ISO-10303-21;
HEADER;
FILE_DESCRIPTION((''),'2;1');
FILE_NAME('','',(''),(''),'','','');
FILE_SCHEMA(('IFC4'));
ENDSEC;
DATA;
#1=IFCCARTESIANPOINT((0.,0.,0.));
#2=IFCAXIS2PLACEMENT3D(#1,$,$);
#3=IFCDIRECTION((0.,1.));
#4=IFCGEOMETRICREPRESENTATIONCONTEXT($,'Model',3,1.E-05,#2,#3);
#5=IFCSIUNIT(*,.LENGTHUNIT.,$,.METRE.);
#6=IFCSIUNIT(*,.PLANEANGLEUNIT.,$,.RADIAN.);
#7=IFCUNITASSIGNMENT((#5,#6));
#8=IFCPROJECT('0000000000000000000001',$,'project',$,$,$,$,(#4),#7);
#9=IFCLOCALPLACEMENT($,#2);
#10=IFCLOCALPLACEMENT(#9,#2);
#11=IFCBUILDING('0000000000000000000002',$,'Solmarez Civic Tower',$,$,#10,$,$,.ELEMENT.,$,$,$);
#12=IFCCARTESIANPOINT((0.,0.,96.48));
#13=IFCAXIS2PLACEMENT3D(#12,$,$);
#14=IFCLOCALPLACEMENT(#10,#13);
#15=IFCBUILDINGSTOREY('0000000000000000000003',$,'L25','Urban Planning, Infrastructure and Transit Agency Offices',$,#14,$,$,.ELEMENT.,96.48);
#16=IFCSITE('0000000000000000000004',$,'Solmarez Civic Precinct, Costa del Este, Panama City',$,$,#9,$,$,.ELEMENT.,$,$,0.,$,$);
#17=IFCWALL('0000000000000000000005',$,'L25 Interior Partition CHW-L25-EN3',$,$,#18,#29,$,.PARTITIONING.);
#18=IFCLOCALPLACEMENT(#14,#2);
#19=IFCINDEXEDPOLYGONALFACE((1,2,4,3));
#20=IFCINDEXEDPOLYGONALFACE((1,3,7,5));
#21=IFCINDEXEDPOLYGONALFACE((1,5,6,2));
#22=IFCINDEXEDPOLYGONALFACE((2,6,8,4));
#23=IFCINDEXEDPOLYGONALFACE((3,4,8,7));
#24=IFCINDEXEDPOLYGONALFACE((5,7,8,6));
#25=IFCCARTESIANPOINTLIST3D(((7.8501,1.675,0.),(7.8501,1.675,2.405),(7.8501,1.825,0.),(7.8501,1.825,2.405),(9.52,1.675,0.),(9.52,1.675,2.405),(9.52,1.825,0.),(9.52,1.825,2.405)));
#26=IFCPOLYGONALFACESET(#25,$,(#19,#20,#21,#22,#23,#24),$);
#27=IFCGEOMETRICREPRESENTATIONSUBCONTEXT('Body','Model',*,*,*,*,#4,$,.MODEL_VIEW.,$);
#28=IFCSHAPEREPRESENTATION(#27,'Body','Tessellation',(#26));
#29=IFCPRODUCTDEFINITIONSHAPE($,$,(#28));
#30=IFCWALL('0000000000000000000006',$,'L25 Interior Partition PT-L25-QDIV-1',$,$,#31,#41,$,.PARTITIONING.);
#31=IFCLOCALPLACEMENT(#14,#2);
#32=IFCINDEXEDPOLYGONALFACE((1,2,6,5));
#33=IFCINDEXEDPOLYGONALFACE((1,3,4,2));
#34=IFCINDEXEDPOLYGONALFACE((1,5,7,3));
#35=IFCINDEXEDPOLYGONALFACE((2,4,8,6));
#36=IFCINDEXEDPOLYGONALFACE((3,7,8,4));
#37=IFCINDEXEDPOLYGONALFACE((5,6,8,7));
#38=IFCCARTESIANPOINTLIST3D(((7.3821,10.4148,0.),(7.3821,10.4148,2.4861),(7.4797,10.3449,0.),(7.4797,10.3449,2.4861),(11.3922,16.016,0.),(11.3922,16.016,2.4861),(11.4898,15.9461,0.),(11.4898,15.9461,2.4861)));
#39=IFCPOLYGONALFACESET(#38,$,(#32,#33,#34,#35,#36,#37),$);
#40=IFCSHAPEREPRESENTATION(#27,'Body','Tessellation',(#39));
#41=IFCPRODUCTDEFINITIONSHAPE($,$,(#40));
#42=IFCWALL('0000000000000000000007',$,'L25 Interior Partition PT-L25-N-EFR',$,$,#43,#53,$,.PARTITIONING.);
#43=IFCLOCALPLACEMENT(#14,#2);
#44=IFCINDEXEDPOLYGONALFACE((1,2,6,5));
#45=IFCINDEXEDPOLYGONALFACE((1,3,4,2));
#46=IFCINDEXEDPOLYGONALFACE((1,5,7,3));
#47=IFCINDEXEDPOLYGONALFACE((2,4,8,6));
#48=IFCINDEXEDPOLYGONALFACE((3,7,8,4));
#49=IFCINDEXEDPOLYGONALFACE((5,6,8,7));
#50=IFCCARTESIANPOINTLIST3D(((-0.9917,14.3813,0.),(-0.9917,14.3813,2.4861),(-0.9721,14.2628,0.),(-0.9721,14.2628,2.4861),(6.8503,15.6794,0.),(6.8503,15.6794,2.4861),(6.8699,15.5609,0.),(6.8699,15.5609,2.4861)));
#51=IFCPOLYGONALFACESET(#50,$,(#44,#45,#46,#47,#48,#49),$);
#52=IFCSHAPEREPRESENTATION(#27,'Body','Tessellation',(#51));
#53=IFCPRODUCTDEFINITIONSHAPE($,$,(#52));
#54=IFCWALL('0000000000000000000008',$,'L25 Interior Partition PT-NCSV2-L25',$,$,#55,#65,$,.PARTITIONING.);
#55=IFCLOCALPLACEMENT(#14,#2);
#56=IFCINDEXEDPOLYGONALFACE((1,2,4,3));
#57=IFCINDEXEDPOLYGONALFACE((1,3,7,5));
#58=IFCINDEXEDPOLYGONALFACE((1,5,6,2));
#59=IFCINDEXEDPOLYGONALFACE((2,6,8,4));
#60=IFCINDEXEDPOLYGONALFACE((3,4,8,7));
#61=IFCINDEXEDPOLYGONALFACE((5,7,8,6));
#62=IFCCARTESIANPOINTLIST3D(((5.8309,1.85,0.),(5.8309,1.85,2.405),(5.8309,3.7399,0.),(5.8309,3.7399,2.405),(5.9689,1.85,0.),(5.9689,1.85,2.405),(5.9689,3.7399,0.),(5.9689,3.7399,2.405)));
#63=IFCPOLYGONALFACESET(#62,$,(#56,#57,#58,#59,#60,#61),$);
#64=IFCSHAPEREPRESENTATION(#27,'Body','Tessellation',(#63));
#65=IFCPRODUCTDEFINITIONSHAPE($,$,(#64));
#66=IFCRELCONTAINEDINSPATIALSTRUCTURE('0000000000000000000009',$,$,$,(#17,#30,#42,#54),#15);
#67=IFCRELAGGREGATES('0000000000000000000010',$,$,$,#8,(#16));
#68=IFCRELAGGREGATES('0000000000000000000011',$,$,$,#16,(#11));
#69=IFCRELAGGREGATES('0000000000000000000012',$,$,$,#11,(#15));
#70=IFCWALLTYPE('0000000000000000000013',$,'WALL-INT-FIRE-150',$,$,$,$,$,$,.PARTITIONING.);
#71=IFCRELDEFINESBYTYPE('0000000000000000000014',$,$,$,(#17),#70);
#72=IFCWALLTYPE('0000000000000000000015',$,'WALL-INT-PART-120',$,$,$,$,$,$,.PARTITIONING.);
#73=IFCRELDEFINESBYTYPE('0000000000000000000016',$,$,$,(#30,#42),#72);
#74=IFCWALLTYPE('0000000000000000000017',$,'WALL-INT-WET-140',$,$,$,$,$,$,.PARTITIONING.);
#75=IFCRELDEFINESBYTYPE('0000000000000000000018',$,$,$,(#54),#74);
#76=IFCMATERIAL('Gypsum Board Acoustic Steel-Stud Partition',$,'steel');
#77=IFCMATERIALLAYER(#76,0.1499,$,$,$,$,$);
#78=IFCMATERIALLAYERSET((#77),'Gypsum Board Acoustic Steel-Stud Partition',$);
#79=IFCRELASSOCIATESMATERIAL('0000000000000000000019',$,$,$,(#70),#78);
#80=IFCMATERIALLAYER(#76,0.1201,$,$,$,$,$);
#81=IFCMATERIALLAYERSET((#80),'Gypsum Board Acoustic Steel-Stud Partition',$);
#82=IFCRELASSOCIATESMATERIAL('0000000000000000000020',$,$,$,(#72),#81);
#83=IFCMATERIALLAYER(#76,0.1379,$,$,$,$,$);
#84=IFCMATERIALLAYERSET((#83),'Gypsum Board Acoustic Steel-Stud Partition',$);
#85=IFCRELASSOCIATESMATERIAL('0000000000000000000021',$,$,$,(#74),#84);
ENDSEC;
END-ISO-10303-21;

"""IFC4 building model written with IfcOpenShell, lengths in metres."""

from ifc_helpers import new_model, si_unit, direction, frame, frame_2d, origin, place, context, subcontext, project, spatial, rectangle, extrude, material, layer, layer_set, type_object, element, save


model = new_model("IFC4")

# Units and contexts
model_context = context("Model", 3, precision=1e-05, world=origin(), true_north=direction((0.0, 1.0)))
body_context = subcontext(model_context, "Body", "Model", "MODEL_VIEW")
ifc_project = project(units=[si_unit("LENGTHUNIT", "METRE"), si_unit("PLANEANGLEUNIT", "RADIAN")], contexts=[model_context])

# Site, building, storey
site_placement = place(None, origin())
site = spatial("IfcSite", under=ifc_project, at=site_placement, Name="Solmarez Civic Precinct, Costa del Este, Panama City", CompositionType="ELEMENT", RefElevation=0.0)
building_placement = place(site_placement, origin())
building = spatial("IfcBuilding", under=site, at=building_placement, Name="Solmarez Civic Tower", CompositionType="ELEMENT")
storey_placement = place(building_placement, frame((0.0, 0.0, 96.48)))
storey = spatial("IfcBuildingStorey", under=building, at=storey_placement, Name="L25", Description="Urban Planning, Infrastructure and Transit Agency Offices", CompositionType="ELEMENT", Elevation=96.48)

# Walls
ifc_material_1 = material(Name="Gypsum Board Acoustic Steel-Stud Partition", Category="steel")
ifc_layer_1 = layer(ifc_material_1, 0.1499)
ifc_layer_set_1 = layer_set([ifc_layer_1], Name="Gypsum Board Acoustic Steel-Stud Partition")
wall_type_1 = type_object("IfcWallType", Name="WALL-INT-FIRE-150", PredefinedType="PARTITIONING", material=ifc_layer_set_1)
wall_1_placement = place(storey_placement, frame((7.8501, 1.75, 0.0), z_axis=(0.0, 0.0, 1.0), x_axis=(1.0, 0.0, 0.0)))
element("IfcWall", 1, at=wall_1_placement, inside=storey, type_object=wall_type_1, Name="L25 Interior Partition CHW-L25-EN3", PredefinedType="PARTITIONING", context=body_context, shape_type="SweptSolid", body=[
    extrude(rectangle(XDim=1.6699, YDim=0.1499, at=frame_2d((0.835, 0.0))), origin(), (0.0, 0.0, 1.0), 2.405),
])
ifc_layer_2 = layer(ifc_material_1, 0.1201)
ifc_layer_set_2 = layer_set([ifc_layer_2], Name="Gypsum Board Acoustic Steel-Stud Partition")
wall_type_2 = type_object("IfcWallType", Name="WALL-INT-PART-120", PredefinedType="PARTITIONING", material=ifc_layer_set_2)
wall_2_placement = place(storey_placement, frame((7.4309, 10.3799, 0.0), z_axis=(0.0, 0.0, 1.0), x_axis=(0.582126, 0.813098, 0.0)))
element("IfcWall", 2, at=wall_2_placement, inside=storey, type_object=wall_type_2, Name="L25 Interior Partition PT-L25-QDIV-1", PredefinedType="PARTITIONING", context=body_context, shape_type="SweptSolid", body=[
    extrude(rectangle(XDim=6.8887, YDim=0.1201, at=frame_2d((3.4443, 0.0))), origin(), (0.0, 0.0, 1.0), 2.4861),
])
wall_3_placement = place(storey_placement, frame((6.8601, 15.6201, 0.0), z_axis=(0.0, 0.0, 1.0), x_axis=(-0.986575, -0.163308, 0.0)))
element("IfcWall", 3, at=wall_3_placement, inside=storey, type_object=wall_type_2, Name="L25 Interior Partition PT-L25-N-EFR", PredefinedType="PARTITIONING", context=body_context, shape_type="SweptSolid", body=[
    extrude(rectangle(XDim=7.9487, YDim=0.1201, at=frame_2d((3.9744, 0.0))), origin(), (0.0, 0.0, 1.0), 2.4861),
])
ifc_layer_3 = layer(ifc_material_1, 0.1379)
ifc_layer_set_3 = layer_set([ifc_layer_3], Name="Gypsum Board Acoustic Steel-Stud Partition")
wall_type_3 = type_object("IfcWallType", Name="WALL-INT-WET-140", PredefinedType="PARTITIONING", material=ifc_layer_set_3)
wall_4_placement = place(storey_placement, frame((5.8999, 1.8501, 0.0), z_axis=(0.0, 0.0, 1.0), x_axis=(0.0, 1.0, 0.0)))
element("IfcWall", 4, at=wall_4_placement, inside=storey, type_object=wall_type_3, Name="L25 Interior Partition PT-NCSV2-L25", PredefinedType="PARTITIONING", context=body_context, shape_type="SweptSolid", body=[
    extrude(rectangle(XDim=1.8899, YDim=0.1379, at=frame_2d((0.9448, 0.0))), origin(), (0.0, 0.0, 1.0), 2.405),
])

save(model, "model.ifc")
